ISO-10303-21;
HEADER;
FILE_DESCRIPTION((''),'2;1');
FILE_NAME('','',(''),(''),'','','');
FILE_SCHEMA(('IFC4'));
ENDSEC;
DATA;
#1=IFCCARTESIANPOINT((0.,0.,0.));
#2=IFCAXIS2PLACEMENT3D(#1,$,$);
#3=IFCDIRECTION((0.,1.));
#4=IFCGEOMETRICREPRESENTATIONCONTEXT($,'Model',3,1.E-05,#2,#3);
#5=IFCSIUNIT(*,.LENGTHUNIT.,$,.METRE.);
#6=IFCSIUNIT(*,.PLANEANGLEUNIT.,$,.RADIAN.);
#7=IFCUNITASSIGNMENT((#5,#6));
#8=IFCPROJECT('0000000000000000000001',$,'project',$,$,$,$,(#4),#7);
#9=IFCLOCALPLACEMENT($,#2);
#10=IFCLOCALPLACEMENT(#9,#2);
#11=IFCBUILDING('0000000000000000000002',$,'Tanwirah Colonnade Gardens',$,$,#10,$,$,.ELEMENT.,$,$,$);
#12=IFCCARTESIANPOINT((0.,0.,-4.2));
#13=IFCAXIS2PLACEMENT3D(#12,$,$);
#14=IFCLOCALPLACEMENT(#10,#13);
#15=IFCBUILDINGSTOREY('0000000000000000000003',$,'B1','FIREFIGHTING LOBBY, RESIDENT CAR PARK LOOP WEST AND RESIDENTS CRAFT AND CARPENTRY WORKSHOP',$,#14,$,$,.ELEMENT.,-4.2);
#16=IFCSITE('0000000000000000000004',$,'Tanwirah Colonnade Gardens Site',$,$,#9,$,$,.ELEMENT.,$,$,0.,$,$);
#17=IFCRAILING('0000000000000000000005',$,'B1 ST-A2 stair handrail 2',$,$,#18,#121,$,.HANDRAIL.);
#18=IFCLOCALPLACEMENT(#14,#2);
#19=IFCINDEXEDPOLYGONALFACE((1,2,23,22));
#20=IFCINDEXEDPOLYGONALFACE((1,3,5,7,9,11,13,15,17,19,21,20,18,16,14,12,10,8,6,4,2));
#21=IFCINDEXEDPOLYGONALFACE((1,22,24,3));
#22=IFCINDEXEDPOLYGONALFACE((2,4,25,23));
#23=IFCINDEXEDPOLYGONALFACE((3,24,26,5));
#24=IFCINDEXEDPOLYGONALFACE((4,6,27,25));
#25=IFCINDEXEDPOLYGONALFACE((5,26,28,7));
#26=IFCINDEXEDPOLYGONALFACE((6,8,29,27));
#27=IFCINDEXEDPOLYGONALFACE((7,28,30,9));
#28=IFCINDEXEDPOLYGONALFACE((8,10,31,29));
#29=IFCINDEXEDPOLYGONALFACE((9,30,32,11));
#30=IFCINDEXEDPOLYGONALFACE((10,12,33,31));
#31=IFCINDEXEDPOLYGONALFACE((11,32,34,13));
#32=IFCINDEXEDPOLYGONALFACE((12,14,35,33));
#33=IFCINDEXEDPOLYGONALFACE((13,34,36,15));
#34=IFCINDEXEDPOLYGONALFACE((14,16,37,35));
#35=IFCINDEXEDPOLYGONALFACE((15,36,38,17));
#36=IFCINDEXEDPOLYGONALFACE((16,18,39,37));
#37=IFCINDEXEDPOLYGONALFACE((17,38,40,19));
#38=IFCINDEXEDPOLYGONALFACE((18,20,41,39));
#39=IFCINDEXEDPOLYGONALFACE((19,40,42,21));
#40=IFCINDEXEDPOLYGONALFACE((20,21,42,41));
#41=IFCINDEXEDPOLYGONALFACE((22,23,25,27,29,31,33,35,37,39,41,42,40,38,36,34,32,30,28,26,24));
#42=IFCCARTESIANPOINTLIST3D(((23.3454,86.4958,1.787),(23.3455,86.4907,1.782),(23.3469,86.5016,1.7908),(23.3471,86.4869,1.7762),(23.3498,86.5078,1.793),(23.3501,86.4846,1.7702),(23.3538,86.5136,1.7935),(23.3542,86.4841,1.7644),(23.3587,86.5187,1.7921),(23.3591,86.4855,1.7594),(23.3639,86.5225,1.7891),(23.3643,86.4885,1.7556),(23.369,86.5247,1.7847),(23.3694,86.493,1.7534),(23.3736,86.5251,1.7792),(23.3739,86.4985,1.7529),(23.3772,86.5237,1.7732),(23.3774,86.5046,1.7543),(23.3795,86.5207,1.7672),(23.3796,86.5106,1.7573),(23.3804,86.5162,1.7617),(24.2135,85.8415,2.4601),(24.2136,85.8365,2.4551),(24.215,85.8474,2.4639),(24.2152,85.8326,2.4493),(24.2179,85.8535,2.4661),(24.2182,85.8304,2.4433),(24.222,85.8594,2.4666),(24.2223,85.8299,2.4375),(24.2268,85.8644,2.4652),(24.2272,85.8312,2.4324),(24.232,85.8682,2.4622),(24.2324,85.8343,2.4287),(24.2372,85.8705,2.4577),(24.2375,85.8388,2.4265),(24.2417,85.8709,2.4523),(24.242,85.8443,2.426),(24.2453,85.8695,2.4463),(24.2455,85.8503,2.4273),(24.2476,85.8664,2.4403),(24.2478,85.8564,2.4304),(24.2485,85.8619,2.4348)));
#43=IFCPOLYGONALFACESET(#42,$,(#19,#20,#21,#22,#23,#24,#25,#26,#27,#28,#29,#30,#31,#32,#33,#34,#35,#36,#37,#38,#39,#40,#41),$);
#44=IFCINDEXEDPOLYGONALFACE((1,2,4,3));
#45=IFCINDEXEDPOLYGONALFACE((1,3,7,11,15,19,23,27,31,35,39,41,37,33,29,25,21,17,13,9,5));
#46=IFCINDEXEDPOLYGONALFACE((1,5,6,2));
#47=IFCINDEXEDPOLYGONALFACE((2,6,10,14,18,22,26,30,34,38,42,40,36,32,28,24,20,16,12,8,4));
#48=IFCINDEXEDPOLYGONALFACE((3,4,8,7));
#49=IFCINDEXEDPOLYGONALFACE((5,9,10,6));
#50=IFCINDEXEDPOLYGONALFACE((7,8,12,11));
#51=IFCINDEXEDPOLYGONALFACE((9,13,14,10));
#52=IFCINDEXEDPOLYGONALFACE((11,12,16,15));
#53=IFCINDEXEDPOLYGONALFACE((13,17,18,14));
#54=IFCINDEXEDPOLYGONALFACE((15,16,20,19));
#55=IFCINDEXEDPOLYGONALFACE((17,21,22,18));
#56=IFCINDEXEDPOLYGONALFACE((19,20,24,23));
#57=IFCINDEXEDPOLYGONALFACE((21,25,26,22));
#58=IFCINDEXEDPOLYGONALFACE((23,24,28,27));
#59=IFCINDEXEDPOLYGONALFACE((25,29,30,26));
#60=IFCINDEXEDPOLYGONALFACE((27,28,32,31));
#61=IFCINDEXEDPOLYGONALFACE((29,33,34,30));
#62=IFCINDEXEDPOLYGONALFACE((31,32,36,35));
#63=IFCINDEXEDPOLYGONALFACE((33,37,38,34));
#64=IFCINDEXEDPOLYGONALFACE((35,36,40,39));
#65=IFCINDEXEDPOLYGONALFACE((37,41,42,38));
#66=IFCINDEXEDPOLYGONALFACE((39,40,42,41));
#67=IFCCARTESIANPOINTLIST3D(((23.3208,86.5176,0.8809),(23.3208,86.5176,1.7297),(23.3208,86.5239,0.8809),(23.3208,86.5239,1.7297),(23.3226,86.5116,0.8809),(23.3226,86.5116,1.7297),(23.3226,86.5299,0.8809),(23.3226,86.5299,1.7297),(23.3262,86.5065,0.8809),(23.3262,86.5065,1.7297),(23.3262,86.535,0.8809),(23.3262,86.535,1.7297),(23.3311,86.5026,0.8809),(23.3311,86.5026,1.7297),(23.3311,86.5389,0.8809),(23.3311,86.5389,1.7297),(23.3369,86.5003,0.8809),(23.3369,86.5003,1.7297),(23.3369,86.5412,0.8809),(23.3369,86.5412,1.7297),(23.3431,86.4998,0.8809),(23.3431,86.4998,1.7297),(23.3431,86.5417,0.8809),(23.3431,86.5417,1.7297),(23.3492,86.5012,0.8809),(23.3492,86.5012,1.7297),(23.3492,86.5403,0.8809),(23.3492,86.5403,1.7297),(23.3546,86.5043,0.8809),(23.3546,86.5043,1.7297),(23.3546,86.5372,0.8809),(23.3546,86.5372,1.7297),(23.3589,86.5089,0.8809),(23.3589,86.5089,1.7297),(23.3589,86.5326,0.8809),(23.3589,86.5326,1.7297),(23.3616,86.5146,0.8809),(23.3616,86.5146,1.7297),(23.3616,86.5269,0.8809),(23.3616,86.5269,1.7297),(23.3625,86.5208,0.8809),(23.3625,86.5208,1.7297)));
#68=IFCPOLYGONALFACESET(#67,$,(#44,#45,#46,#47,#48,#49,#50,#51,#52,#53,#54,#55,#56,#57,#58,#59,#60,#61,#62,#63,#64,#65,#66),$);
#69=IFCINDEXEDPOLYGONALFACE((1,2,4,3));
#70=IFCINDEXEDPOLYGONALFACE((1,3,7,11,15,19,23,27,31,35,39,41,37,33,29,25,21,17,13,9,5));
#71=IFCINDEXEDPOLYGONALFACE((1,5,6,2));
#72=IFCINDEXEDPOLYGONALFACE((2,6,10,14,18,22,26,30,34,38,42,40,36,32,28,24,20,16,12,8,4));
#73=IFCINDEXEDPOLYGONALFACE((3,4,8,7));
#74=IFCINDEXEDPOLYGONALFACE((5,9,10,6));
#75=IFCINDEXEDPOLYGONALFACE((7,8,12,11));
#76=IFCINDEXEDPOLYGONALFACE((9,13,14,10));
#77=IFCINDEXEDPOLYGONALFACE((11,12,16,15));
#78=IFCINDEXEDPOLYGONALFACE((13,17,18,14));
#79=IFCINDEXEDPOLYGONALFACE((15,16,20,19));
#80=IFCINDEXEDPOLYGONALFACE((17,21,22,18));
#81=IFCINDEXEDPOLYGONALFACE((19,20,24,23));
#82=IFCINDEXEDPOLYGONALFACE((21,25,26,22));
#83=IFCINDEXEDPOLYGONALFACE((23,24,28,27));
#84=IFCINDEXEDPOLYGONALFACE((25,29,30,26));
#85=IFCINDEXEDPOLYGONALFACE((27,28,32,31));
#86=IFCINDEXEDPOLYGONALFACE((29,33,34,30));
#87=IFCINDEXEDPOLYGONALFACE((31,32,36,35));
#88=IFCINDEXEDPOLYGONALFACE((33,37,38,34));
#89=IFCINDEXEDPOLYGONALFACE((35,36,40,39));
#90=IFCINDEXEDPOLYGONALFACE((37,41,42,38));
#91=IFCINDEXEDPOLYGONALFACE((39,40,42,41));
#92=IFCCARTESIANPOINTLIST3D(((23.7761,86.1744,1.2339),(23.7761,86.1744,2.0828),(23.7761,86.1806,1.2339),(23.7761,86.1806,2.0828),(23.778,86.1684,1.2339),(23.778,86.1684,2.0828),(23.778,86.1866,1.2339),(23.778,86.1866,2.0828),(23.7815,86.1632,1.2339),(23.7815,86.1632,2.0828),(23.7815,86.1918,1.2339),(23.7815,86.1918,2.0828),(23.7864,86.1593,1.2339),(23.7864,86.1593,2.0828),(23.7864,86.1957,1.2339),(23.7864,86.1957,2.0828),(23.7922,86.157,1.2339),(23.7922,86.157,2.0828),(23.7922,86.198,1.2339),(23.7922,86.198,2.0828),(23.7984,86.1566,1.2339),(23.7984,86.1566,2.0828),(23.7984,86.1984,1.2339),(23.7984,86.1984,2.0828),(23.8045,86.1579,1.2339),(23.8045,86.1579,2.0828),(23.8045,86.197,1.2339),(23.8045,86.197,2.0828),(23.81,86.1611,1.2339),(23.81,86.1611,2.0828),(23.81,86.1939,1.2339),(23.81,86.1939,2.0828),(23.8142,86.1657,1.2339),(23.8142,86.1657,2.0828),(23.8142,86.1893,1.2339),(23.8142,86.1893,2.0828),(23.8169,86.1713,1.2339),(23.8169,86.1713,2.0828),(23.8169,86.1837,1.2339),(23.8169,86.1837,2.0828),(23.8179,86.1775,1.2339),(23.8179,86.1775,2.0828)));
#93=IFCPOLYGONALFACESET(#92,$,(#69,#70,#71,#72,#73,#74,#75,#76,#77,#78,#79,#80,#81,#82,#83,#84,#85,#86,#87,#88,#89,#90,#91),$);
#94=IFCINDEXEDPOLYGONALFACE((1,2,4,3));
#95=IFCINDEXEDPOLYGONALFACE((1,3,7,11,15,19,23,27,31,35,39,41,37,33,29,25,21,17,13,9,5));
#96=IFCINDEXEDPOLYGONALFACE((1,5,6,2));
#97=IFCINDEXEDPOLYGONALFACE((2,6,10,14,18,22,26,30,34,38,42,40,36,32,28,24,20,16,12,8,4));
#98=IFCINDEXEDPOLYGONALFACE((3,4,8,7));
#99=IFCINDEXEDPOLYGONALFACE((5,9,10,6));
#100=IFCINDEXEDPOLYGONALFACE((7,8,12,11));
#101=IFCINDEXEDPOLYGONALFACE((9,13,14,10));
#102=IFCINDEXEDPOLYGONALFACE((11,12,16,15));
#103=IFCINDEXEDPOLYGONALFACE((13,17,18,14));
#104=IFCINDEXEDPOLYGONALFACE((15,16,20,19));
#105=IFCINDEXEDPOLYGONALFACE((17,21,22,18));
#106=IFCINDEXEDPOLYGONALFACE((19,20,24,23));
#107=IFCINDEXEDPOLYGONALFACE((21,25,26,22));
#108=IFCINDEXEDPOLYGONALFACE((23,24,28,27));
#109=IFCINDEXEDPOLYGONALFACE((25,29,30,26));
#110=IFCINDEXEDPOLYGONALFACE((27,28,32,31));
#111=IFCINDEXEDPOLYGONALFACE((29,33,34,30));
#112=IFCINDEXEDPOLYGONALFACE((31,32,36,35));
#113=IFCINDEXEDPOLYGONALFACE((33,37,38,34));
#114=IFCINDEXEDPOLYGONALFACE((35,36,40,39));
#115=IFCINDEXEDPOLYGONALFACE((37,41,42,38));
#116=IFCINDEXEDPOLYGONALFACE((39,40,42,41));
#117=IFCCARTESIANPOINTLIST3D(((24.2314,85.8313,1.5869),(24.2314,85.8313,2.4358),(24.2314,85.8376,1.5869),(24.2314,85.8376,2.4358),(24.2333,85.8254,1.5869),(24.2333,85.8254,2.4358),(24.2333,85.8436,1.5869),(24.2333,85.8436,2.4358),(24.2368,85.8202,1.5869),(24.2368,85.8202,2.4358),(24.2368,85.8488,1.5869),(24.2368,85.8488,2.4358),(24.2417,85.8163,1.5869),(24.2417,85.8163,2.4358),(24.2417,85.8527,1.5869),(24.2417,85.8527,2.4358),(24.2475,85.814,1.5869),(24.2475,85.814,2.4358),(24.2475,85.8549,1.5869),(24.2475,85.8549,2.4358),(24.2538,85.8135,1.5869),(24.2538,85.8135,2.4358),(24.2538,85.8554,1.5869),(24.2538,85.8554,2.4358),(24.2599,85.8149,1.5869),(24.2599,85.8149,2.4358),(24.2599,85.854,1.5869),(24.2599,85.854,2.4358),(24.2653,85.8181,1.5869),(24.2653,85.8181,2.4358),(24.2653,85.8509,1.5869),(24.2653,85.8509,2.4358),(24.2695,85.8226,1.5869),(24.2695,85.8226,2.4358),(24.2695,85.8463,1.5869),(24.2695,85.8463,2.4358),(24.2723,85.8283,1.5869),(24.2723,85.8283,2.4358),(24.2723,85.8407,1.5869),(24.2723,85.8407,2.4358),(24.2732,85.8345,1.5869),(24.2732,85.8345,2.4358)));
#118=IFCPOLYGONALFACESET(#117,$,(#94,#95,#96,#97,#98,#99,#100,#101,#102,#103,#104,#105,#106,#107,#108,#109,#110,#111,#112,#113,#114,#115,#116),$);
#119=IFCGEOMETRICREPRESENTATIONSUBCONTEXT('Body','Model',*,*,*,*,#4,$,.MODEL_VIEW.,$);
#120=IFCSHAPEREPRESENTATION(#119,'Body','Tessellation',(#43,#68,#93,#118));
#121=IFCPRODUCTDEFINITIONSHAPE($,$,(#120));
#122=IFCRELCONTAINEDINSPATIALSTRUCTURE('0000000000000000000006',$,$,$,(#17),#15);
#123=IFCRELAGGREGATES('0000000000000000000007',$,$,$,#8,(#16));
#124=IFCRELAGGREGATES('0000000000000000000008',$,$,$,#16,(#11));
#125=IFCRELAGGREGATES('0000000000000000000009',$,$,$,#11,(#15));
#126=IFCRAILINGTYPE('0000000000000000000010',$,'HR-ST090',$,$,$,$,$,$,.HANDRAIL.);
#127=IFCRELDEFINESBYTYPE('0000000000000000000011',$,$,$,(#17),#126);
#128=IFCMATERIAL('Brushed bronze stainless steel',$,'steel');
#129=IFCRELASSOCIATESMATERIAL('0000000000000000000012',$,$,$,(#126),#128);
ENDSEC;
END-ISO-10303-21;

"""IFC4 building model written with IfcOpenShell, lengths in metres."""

from ifc_helpers import new_model, si_unit, direction, frame, origin, origin_2d, place, context, subcontext, project, spatial, circle, extrude, material, type_object, element, save


model = new_model("IFC4")

# Units and contexts
model_context = context("Model", 3, precision=1e-05, world=origin(), true_north=direction((0.0, 1.0)))
body_context = subcontext(model_context, "Body", "Model", "MODEL_VIEW")
ifc_project = project(units=[si_unit("LENGTHUNIT", "METRE"), si_unit("PLANEANGLEUNIT", "RADIAN")], contexts=[model_context])

# Site, building, storey
site_placement = place(None, origin())
site = spatial("IfcSite", under=ifc_project, at=site_placement, Name="Tanwirah Colonnade Gardens Site", CompositionType="ELEMENT", RefElevation=0.0)
building_placement = place(site_placement, origin())
building = spatial("IfcBuilding", under=site, at=building_placement, Name="Tanwirah Colonnade Gardens", CompositionType="ELEMENT")
storey_placement = place(building_placement, frame((0.0, 0.0, -4.2)))
storey = spatial("IfcBuildingStorey", under=building, at=storey_placement, Name="B1", Description="FIREFIGHTING LOBBY, RESIDENT CAR PARK LOOP WEST AND RESIDENTS CRAFT AND CARPENTRY WORKSHOP", CompositionType="ELEMENT", Elevation=-4.2)

# Railing
ifc_material_1 = material(Name="Brushed bronze stainless steel", Category="steel")
railing_type_1 = type_object("IfcRailingType", Name="HR-ST090", PredefinedType="HANDRAIL", material=ifc_material_1)
railing_1_placement = place(storey_placement, frame((23.3416, 86.5208, 0.8809)))
element("IfcRailing", 1, at=railing_1_placement, inside=storey, type_object=railing_type_1, Name="B1 ST-A2 stair handrail 2", PredefinedType="HANDRAIL", context=body_context, shape_type="SweptSolid", body=[
    extrude(circle(Radius=0.0239, at=origin_2d()), frame((0.0212, -0.0161, 0.8923), z_axis=(0.678987, -0.511698, 0.526443), x_axis=(0.601848, 0.79861, 0.0)), (0.0, 0.0, 1.0), 1.2786),
    extrude(circle(Radius=0.021, at=origin_2d()), origin(), (0.0, 0.0, 1.0), 0.8489),
    extrude(circle(Radius=0.021, at=origin_2d()), frame((0.4553, -0.3433, 0.353)), (0.0, 0.0, 1.0), 0.8489),
    extrude(circle(Radius=0.021, at=origin_2d()), frame((0.9106, -0.6863, 0.7061)), (0.0, 0.0, 1.0), 0.8489),
])

save(model, "model.ifc")
